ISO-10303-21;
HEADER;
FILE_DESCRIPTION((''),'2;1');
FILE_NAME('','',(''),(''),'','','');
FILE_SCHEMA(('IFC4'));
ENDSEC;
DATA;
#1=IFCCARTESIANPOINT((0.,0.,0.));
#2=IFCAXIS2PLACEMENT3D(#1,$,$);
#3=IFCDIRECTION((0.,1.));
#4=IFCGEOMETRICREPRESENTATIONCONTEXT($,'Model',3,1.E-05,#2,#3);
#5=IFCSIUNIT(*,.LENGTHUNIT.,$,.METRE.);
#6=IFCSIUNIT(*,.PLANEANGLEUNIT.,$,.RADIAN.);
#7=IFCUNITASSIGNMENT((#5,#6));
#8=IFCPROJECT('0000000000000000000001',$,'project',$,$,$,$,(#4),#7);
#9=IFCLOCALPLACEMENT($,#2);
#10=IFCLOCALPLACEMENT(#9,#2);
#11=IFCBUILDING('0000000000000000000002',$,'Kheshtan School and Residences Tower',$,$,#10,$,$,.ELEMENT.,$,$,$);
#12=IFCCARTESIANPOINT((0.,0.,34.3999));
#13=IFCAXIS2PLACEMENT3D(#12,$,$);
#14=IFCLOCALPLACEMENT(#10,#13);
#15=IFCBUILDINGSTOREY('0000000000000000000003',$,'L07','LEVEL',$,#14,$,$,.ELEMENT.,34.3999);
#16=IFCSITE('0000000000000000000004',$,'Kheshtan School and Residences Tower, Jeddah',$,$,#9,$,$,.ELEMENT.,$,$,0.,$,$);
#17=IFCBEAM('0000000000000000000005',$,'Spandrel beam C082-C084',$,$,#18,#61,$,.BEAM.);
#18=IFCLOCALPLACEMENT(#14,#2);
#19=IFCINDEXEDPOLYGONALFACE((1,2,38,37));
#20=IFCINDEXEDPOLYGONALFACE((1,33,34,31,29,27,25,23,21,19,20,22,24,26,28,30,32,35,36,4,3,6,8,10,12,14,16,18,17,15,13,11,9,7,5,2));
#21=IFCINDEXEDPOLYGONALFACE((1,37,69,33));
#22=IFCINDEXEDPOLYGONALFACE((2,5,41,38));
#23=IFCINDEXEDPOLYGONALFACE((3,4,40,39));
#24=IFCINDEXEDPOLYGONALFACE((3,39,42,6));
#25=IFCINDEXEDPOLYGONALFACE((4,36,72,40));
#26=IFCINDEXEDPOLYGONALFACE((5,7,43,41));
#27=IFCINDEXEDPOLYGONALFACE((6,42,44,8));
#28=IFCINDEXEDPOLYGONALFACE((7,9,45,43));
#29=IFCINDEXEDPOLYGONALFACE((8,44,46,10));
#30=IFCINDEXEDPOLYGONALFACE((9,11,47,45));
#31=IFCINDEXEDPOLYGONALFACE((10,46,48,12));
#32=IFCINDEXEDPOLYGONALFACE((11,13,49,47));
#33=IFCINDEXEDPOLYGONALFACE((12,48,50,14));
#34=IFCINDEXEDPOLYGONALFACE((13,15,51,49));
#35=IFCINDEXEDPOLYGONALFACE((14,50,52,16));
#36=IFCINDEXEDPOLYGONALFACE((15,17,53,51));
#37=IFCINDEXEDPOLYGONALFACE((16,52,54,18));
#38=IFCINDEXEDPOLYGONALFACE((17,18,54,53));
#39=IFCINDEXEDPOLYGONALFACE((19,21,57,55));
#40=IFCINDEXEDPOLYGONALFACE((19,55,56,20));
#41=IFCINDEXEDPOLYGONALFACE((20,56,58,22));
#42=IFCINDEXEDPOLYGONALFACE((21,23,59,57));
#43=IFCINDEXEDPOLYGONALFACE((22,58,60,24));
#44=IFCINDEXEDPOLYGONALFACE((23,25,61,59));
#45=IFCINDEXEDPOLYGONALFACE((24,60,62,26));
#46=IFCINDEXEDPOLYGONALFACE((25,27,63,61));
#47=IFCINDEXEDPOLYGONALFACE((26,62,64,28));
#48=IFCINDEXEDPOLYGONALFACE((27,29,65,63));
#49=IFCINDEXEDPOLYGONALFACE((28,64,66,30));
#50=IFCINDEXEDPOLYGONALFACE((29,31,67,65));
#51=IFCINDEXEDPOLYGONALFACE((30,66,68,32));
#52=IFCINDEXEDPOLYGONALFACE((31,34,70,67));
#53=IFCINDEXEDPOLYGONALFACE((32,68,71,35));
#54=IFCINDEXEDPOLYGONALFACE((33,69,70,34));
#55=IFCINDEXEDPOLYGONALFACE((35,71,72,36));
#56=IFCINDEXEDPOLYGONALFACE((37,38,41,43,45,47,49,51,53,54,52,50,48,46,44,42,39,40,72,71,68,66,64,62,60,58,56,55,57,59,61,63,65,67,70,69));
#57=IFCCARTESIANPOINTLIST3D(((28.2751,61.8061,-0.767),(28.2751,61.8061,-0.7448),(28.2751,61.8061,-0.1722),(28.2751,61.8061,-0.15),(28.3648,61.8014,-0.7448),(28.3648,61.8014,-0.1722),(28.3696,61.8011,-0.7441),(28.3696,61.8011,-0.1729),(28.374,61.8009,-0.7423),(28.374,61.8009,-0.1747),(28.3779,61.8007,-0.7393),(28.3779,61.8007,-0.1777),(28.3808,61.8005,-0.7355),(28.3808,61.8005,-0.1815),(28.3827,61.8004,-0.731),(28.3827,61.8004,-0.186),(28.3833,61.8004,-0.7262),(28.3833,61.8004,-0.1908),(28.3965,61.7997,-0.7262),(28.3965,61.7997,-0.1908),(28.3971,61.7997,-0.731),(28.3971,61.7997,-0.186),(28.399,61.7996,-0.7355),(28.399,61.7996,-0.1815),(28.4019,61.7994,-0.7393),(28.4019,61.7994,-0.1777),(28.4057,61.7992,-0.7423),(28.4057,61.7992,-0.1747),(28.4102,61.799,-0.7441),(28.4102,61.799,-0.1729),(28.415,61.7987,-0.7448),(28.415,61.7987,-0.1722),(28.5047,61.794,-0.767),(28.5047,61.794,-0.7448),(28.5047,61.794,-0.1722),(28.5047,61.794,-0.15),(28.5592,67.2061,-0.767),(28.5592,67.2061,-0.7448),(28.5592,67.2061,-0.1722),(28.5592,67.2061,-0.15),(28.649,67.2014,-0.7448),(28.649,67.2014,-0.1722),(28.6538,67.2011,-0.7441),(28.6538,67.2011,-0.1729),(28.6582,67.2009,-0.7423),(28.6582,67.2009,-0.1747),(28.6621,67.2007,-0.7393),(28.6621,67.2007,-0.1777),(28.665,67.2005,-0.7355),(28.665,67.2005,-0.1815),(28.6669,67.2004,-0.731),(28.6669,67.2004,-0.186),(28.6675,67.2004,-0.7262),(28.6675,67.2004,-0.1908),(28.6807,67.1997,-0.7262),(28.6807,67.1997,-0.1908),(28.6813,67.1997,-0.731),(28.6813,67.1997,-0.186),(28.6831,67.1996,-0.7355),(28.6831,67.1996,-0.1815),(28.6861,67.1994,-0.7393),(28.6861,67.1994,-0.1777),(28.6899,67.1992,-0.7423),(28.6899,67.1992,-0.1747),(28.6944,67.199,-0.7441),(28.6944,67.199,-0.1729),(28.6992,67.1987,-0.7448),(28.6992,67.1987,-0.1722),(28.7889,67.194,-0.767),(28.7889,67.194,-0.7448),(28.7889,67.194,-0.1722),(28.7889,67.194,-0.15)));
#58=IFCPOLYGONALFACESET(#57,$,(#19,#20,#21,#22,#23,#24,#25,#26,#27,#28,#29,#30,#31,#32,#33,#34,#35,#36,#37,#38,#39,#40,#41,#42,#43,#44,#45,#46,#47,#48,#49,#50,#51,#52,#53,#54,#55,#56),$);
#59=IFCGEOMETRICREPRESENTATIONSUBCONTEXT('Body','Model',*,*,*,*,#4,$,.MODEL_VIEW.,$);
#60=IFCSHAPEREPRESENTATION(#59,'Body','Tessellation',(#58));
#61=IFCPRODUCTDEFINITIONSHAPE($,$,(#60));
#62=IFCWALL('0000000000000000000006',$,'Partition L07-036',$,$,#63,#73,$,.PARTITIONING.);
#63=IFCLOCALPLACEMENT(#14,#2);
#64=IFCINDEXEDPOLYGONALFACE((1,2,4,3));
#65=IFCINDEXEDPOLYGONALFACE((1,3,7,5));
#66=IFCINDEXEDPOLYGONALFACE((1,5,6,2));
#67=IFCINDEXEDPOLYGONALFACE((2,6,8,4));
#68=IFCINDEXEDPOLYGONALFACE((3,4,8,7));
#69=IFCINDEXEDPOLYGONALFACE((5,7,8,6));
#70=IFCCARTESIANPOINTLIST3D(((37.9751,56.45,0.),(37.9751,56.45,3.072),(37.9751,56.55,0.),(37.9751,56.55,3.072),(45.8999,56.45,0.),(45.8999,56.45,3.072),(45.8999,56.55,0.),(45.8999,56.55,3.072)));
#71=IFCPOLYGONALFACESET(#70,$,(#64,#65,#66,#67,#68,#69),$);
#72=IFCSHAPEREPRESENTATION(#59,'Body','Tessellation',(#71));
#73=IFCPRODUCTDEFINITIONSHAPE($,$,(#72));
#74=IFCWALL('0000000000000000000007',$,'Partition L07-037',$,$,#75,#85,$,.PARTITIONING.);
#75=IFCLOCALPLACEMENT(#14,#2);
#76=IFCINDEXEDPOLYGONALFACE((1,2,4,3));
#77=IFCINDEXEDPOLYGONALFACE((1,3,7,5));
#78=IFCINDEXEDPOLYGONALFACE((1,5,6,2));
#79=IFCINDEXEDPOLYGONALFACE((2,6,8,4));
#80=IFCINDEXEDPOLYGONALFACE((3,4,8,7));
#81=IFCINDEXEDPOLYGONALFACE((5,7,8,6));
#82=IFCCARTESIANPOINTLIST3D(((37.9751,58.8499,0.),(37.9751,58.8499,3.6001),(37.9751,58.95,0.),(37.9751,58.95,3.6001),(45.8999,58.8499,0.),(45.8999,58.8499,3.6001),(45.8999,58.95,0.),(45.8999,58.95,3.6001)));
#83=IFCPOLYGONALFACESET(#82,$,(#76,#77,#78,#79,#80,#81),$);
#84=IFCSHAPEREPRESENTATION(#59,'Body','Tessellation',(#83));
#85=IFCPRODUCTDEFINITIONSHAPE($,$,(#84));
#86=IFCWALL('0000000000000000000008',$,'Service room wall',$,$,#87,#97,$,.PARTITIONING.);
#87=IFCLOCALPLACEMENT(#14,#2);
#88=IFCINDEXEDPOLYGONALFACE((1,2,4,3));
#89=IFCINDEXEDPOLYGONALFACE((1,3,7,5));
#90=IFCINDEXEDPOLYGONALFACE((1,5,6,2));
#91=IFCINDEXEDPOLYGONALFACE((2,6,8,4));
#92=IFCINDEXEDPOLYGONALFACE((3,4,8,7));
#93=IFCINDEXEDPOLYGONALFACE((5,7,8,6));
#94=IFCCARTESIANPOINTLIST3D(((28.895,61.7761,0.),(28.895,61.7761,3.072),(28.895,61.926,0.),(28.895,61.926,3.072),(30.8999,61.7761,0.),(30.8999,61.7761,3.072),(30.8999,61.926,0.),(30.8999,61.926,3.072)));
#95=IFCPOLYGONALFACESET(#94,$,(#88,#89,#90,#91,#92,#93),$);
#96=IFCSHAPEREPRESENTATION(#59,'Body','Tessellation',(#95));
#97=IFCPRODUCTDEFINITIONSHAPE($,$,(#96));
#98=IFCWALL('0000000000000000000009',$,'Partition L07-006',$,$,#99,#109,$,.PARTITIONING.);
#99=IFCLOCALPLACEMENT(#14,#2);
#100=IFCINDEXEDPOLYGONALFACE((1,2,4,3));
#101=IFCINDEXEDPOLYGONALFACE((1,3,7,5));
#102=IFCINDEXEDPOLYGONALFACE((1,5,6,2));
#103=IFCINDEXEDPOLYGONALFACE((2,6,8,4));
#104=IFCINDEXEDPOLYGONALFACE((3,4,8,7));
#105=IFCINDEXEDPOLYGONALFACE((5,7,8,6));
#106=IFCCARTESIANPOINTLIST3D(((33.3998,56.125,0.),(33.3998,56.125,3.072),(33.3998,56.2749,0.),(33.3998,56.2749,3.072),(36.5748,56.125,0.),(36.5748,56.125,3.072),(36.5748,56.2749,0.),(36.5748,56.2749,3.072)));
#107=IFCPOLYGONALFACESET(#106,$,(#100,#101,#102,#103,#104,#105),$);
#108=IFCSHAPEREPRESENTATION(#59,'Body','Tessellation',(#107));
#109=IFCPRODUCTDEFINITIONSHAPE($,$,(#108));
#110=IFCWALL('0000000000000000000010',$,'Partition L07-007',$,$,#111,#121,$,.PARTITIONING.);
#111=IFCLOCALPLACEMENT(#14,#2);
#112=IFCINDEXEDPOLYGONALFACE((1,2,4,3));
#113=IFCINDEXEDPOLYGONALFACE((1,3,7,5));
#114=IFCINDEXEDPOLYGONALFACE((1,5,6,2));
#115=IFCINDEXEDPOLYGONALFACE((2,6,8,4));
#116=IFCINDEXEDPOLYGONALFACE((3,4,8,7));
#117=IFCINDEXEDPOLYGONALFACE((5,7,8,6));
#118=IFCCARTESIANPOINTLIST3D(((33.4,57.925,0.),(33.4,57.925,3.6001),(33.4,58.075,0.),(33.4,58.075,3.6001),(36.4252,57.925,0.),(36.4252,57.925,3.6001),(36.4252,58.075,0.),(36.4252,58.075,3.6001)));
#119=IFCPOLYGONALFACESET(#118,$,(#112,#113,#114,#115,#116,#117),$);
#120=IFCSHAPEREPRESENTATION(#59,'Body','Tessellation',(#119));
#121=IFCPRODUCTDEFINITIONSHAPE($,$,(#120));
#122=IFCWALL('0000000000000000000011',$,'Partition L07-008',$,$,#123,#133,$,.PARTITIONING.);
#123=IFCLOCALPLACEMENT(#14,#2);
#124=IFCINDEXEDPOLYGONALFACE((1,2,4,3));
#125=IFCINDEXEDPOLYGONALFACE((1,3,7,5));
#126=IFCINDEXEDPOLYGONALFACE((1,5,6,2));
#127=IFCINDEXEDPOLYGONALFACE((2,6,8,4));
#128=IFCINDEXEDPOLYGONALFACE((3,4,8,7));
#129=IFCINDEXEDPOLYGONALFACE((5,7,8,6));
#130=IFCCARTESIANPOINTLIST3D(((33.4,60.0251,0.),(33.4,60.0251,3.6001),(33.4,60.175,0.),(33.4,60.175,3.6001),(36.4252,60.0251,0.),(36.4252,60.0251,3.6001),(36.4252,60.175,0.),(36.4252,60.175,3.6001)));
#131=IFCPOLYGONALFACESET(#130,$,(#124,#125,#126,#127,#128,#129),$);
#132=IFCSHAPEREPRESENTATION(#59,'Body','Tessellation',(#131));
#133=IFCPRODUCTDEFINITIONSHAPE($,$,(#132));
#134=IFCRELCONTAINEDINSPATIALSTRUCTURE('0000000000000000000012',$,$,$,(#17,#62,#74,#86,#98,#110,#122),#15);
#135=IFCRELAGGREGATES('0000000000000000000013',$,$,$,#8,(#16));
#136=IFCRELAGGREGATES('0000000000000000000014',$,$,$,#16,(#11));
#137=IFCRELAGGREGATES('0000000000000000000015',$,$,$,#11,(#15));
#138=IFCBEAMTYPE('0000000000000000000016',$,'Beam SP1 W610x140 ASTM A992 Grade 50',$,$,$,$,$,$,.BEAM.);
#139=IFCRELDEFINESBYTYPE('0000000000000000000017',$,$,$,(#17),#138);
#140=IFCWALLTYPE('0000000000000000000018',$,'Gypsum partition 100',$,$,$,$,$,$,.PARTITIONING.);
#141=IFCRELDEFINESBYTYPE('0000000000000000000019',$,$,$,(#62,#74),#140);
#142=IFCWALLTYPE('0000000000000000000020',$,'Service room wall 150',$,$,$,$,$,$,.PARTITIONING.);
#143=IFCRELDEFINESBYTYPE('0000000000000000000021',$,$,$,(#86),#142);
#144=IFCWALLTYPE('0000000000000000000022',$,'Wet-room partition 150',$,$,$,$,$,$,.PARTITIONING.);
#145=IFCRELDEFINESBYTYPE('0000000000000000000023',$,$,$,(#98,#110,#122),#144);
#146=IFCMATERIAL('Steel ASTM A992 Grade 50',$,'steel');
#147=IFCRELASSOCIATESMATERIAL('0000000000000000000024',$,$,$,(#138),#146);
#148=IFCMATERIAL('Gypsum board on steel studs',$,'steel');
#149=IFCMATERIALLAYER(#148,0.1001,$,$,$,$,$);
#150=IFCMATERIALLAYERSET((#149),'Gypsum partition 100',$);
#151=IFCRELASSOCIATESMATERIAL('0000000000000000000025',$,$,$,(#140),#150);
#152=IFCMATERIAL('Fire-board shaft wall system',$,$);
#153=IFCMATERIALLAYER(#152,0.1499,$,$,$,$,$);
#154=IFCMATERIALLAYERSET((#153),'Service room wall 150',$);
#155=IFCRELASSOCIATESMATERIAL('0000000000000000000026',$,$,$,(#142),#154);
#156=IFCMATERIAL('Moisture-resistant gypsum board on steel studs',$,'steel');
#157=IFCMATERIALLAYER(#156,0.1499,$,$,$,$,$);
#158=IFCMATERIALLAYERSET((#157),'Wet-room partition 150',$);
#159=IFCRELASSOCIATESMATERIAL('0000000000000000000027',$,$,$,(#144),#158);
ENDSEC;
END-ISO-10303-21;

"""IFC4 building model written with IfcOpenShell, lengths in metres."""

from ifc_helpers import new_model, si_unit, direction, frame, frame_2d, origin, origin_2d, place, context, subcontext, project, spatial, rectangle, i_section, extrude, material, layer, layer_set, material_profile, profile_set, type_object, element, save


model = new_model("IFC4")

# Units and contexts
model_context = context("Model", 3, precision=1e-05, world=origin(), true_north=direction((0.0, 1.0)))
body_context = subcontext(model_context, "Body", "Model", "MODEL_VIEW")
ifc_project = project(units=[si_unit("LENGTHUNIT", "METRE"), si_unit("PLANEANGLEUNIT", "RADIAN")], contexts=[model_context])

# Site, building, storey
site_placement = place(None, origin())
site = spatial("IfcSite", under=ifc_project, at=site_placement, Name="Kheshtan School and Residences Tower, Jeddah", CompositionType="ELEMENT", RefElevation=0.0)
building_placement = place(site_placement, origin())
building = spatial("IfcBuilding", under=site, at=building_placement, Name="Kheshtan School and Residences Tower", CompositionType="ELEMENT")
storey_placement = place(building_placement, frame((0.0, 0.0, 34.3999)))
storey = spatial("IfcBuildingStorey", under=building, at=storey_placement, Name="L07", Description="LEVEL", CompositionType="ELEMENT", Elevation=34.3999)

# Shared definitions
ifc_material_1 = material(Name="Steel ASTM A992 Grade 50", Category="steel")

# Beam
ifc_material_profile_1 = material_profile(ifc_material_1, i_section(OverallWidth=0.23, OverallDepth=0.6169, WebThickness=0.0132, FlangeThickness=0.0222, FilletRadius=0.0186, at=origin_2d()), Name="W610x140")
ifc_profile_set_1 = profile_set([ifc_material_profile_1], Name="Steel ASTM A992 Grade 50")
beam_type_1 = type_object("IfcBeamType", Name="Beam SP1 W610x140 ASTM A992 Grade 50", PredefinedType="BEAM", material=ifc_profile_set_1)
beam_1_placement = place(storey_placement, frame((28.3899, 61.8, -0.4585), z_axis=(0.052554, 0.998618, 0.0), x_axis=(-0.998618, 0.052554, 0.0)))
element("IfcBeam", 1, at=beam_1_placement, inside=storey, type_object=beam_type_1, Name="Spandrel beam C082-C084", PredefinedType="BEAM", context=body_context, shape_type="SweptSolid", body=[
    extrude(i_section(OverallWidth=0.23, OverallDepth=0.6169, WebThickness=0.0132, FlangeThickness=0.0222, FilletRadius=0.0186, at=origin_2d()), origin(), (0.0, 0.0, 1.0), 5.4075),
])

# Walls
ifc_material_2 = material(Name="Gypsum board on steel studs", Category="steel")
ifc_layer_1 = layer(ifc_material_2, 0.1001)
ifc_layer_set_1 = layer_set([ifc_layer_1], Name="Gypsum partition 100")
wall_type_1 = type_object("IfcWallType", Name="Gypsum partition 100", PredefinedType="PARTITIONING", material=ifc_layer_set_1)
wall_1_placement = place(storey_placement, frame((37.9751, 56.5, 0.0), z_axis=(0.0, 0.0, 1.0), x_axis=(1.0, 0.0, 0.0)))
element("IfcWall", 2, at=wall_1_placement, inside=storey, type_object=wall_type_1, Name="Partition L07-036", PredefinedType="PARTITIONING", context=body_context, shape_type="SweptSolid", body=[
    extrude(rectangle(XDim=7.9248, YDim=0.1001, at=frame_2d((3.9624, 0.0))), origin(), (0.0, 0.0, 1.0), 3.072),
])
wall_2_placement = place(storey_placement, frame((37.9751, 58.8999, 0.0), z_axis=(0.0, 0.0, 1.0), x_axis=(1.0, 0.0, 0.0)))
element("IfcWall", 3, at=wall_2_placement, inside=storey, type_object=wall_type_1, Name="Partition L07-037", PredefinedType="PARTITIONING", context=body_context, shape_type="SweptSolid", body=[
    extrude(rectangle(XDim=7.9248, YDim=0.1001, at=frame_2d((3.9624, 0.0))), origin(), (0.0, 0.0, 1.0), 3.6001),
])
ifc_material_3 = material(Name="Fire-board shaft wall system")
ifc_layer_2 = layer(ifc_material_3, 0.1499)
ifc_layer_set_2 = layer_set([ifc_layer_2], Name="Service room wall 150")
wall_type_2 = type_object("IfcWallType", Name="Service room wall 150", PredefinedType="PARTITIONING", material=ifc_layer_set_2)
wall_3_placement = place(storey_placement, frame((28.895, 61.8511, 0.0), z_axis=(0.0, 0.0, 1.0), x_axis=(1.0, 0.0, 0.0)))
element("IfcWall", 4, at=wall_3_placement, inside=storey, type_object=wall_type_2, Name="Service room wall", PredefinedType="PARTITIONING", context=body_context, shape_type="SweptSolid", body=[
    extrude(rectangle(XDim=2.0049, YDim=0.1499, at=frame_2d((1.0024, 0.0))), origin(), (0.0, 0.0, 1.0), 3.072),
])
ifc_material_4 = material(Name="Moisture-resistant gypsum board on steel studs", Category="steel")
ifc_layer_3 = layer(ifc_material_4, 0.1499)
ifc_layer_set_3 = layer_set([ifc_layer_3], Name="Wet-room partition 150")
wall_type_3 = type_object("IfcWallType", Name="Wet-room partition 150", PredefinedType="PARTITIONING", material=ifc_layer_set_3)
wall_4_placement = place(storey_placement, frame((33.3999, 56.2, 0.0), z_axis=(0.0, 0.0, 1.0), x_axis=(1.0, 0.0, 0.0)))
element("IfcWall", 5, at=wall_4_placement, inside=storey, type_object=wall_type_3, Name="Partition L07-006", PredefinedType="PARTITIONING", context=body_context, shape_type="SweptSolid", body=[
    extrude(rectangle(XDim=3.175, YDim=0.1499, at=frame_2d((1.5874, 0.0))), origin(), (0.0, 0.0, 1.0), 3.072),
])
for number, where, z_axis, x_axis, name in (
    (6, (33.3999, 58.0, 0.0), (0.0, 0.0, 1.0), (1.0, 0.0, 0.0), "Partition L07-007"),
    (7, (33.3999, 60.1001, 0.0), (0.0, 0.0, 1.0), (1.0, 0.0, 0.0), "Partition L07-008"),
):
    element("IfcWall", number, at=place(storey_placement, frame(where, z_axis=z_axis, x_axis=x_axis)), inside=storey, type_object=wall_type_3, Name=name, PredefinedType="PARTITIONING", context=body_context, shape_type="SweptSolid", body=[
        extrude(rectangle(XDim=3.0251, YDim=0.1499, at=frame_2d((1.5127, 0.0))), origin(), (0.0, 0.0, 1.0), 3.6001),
    ])

save(model, "model.ifc")
